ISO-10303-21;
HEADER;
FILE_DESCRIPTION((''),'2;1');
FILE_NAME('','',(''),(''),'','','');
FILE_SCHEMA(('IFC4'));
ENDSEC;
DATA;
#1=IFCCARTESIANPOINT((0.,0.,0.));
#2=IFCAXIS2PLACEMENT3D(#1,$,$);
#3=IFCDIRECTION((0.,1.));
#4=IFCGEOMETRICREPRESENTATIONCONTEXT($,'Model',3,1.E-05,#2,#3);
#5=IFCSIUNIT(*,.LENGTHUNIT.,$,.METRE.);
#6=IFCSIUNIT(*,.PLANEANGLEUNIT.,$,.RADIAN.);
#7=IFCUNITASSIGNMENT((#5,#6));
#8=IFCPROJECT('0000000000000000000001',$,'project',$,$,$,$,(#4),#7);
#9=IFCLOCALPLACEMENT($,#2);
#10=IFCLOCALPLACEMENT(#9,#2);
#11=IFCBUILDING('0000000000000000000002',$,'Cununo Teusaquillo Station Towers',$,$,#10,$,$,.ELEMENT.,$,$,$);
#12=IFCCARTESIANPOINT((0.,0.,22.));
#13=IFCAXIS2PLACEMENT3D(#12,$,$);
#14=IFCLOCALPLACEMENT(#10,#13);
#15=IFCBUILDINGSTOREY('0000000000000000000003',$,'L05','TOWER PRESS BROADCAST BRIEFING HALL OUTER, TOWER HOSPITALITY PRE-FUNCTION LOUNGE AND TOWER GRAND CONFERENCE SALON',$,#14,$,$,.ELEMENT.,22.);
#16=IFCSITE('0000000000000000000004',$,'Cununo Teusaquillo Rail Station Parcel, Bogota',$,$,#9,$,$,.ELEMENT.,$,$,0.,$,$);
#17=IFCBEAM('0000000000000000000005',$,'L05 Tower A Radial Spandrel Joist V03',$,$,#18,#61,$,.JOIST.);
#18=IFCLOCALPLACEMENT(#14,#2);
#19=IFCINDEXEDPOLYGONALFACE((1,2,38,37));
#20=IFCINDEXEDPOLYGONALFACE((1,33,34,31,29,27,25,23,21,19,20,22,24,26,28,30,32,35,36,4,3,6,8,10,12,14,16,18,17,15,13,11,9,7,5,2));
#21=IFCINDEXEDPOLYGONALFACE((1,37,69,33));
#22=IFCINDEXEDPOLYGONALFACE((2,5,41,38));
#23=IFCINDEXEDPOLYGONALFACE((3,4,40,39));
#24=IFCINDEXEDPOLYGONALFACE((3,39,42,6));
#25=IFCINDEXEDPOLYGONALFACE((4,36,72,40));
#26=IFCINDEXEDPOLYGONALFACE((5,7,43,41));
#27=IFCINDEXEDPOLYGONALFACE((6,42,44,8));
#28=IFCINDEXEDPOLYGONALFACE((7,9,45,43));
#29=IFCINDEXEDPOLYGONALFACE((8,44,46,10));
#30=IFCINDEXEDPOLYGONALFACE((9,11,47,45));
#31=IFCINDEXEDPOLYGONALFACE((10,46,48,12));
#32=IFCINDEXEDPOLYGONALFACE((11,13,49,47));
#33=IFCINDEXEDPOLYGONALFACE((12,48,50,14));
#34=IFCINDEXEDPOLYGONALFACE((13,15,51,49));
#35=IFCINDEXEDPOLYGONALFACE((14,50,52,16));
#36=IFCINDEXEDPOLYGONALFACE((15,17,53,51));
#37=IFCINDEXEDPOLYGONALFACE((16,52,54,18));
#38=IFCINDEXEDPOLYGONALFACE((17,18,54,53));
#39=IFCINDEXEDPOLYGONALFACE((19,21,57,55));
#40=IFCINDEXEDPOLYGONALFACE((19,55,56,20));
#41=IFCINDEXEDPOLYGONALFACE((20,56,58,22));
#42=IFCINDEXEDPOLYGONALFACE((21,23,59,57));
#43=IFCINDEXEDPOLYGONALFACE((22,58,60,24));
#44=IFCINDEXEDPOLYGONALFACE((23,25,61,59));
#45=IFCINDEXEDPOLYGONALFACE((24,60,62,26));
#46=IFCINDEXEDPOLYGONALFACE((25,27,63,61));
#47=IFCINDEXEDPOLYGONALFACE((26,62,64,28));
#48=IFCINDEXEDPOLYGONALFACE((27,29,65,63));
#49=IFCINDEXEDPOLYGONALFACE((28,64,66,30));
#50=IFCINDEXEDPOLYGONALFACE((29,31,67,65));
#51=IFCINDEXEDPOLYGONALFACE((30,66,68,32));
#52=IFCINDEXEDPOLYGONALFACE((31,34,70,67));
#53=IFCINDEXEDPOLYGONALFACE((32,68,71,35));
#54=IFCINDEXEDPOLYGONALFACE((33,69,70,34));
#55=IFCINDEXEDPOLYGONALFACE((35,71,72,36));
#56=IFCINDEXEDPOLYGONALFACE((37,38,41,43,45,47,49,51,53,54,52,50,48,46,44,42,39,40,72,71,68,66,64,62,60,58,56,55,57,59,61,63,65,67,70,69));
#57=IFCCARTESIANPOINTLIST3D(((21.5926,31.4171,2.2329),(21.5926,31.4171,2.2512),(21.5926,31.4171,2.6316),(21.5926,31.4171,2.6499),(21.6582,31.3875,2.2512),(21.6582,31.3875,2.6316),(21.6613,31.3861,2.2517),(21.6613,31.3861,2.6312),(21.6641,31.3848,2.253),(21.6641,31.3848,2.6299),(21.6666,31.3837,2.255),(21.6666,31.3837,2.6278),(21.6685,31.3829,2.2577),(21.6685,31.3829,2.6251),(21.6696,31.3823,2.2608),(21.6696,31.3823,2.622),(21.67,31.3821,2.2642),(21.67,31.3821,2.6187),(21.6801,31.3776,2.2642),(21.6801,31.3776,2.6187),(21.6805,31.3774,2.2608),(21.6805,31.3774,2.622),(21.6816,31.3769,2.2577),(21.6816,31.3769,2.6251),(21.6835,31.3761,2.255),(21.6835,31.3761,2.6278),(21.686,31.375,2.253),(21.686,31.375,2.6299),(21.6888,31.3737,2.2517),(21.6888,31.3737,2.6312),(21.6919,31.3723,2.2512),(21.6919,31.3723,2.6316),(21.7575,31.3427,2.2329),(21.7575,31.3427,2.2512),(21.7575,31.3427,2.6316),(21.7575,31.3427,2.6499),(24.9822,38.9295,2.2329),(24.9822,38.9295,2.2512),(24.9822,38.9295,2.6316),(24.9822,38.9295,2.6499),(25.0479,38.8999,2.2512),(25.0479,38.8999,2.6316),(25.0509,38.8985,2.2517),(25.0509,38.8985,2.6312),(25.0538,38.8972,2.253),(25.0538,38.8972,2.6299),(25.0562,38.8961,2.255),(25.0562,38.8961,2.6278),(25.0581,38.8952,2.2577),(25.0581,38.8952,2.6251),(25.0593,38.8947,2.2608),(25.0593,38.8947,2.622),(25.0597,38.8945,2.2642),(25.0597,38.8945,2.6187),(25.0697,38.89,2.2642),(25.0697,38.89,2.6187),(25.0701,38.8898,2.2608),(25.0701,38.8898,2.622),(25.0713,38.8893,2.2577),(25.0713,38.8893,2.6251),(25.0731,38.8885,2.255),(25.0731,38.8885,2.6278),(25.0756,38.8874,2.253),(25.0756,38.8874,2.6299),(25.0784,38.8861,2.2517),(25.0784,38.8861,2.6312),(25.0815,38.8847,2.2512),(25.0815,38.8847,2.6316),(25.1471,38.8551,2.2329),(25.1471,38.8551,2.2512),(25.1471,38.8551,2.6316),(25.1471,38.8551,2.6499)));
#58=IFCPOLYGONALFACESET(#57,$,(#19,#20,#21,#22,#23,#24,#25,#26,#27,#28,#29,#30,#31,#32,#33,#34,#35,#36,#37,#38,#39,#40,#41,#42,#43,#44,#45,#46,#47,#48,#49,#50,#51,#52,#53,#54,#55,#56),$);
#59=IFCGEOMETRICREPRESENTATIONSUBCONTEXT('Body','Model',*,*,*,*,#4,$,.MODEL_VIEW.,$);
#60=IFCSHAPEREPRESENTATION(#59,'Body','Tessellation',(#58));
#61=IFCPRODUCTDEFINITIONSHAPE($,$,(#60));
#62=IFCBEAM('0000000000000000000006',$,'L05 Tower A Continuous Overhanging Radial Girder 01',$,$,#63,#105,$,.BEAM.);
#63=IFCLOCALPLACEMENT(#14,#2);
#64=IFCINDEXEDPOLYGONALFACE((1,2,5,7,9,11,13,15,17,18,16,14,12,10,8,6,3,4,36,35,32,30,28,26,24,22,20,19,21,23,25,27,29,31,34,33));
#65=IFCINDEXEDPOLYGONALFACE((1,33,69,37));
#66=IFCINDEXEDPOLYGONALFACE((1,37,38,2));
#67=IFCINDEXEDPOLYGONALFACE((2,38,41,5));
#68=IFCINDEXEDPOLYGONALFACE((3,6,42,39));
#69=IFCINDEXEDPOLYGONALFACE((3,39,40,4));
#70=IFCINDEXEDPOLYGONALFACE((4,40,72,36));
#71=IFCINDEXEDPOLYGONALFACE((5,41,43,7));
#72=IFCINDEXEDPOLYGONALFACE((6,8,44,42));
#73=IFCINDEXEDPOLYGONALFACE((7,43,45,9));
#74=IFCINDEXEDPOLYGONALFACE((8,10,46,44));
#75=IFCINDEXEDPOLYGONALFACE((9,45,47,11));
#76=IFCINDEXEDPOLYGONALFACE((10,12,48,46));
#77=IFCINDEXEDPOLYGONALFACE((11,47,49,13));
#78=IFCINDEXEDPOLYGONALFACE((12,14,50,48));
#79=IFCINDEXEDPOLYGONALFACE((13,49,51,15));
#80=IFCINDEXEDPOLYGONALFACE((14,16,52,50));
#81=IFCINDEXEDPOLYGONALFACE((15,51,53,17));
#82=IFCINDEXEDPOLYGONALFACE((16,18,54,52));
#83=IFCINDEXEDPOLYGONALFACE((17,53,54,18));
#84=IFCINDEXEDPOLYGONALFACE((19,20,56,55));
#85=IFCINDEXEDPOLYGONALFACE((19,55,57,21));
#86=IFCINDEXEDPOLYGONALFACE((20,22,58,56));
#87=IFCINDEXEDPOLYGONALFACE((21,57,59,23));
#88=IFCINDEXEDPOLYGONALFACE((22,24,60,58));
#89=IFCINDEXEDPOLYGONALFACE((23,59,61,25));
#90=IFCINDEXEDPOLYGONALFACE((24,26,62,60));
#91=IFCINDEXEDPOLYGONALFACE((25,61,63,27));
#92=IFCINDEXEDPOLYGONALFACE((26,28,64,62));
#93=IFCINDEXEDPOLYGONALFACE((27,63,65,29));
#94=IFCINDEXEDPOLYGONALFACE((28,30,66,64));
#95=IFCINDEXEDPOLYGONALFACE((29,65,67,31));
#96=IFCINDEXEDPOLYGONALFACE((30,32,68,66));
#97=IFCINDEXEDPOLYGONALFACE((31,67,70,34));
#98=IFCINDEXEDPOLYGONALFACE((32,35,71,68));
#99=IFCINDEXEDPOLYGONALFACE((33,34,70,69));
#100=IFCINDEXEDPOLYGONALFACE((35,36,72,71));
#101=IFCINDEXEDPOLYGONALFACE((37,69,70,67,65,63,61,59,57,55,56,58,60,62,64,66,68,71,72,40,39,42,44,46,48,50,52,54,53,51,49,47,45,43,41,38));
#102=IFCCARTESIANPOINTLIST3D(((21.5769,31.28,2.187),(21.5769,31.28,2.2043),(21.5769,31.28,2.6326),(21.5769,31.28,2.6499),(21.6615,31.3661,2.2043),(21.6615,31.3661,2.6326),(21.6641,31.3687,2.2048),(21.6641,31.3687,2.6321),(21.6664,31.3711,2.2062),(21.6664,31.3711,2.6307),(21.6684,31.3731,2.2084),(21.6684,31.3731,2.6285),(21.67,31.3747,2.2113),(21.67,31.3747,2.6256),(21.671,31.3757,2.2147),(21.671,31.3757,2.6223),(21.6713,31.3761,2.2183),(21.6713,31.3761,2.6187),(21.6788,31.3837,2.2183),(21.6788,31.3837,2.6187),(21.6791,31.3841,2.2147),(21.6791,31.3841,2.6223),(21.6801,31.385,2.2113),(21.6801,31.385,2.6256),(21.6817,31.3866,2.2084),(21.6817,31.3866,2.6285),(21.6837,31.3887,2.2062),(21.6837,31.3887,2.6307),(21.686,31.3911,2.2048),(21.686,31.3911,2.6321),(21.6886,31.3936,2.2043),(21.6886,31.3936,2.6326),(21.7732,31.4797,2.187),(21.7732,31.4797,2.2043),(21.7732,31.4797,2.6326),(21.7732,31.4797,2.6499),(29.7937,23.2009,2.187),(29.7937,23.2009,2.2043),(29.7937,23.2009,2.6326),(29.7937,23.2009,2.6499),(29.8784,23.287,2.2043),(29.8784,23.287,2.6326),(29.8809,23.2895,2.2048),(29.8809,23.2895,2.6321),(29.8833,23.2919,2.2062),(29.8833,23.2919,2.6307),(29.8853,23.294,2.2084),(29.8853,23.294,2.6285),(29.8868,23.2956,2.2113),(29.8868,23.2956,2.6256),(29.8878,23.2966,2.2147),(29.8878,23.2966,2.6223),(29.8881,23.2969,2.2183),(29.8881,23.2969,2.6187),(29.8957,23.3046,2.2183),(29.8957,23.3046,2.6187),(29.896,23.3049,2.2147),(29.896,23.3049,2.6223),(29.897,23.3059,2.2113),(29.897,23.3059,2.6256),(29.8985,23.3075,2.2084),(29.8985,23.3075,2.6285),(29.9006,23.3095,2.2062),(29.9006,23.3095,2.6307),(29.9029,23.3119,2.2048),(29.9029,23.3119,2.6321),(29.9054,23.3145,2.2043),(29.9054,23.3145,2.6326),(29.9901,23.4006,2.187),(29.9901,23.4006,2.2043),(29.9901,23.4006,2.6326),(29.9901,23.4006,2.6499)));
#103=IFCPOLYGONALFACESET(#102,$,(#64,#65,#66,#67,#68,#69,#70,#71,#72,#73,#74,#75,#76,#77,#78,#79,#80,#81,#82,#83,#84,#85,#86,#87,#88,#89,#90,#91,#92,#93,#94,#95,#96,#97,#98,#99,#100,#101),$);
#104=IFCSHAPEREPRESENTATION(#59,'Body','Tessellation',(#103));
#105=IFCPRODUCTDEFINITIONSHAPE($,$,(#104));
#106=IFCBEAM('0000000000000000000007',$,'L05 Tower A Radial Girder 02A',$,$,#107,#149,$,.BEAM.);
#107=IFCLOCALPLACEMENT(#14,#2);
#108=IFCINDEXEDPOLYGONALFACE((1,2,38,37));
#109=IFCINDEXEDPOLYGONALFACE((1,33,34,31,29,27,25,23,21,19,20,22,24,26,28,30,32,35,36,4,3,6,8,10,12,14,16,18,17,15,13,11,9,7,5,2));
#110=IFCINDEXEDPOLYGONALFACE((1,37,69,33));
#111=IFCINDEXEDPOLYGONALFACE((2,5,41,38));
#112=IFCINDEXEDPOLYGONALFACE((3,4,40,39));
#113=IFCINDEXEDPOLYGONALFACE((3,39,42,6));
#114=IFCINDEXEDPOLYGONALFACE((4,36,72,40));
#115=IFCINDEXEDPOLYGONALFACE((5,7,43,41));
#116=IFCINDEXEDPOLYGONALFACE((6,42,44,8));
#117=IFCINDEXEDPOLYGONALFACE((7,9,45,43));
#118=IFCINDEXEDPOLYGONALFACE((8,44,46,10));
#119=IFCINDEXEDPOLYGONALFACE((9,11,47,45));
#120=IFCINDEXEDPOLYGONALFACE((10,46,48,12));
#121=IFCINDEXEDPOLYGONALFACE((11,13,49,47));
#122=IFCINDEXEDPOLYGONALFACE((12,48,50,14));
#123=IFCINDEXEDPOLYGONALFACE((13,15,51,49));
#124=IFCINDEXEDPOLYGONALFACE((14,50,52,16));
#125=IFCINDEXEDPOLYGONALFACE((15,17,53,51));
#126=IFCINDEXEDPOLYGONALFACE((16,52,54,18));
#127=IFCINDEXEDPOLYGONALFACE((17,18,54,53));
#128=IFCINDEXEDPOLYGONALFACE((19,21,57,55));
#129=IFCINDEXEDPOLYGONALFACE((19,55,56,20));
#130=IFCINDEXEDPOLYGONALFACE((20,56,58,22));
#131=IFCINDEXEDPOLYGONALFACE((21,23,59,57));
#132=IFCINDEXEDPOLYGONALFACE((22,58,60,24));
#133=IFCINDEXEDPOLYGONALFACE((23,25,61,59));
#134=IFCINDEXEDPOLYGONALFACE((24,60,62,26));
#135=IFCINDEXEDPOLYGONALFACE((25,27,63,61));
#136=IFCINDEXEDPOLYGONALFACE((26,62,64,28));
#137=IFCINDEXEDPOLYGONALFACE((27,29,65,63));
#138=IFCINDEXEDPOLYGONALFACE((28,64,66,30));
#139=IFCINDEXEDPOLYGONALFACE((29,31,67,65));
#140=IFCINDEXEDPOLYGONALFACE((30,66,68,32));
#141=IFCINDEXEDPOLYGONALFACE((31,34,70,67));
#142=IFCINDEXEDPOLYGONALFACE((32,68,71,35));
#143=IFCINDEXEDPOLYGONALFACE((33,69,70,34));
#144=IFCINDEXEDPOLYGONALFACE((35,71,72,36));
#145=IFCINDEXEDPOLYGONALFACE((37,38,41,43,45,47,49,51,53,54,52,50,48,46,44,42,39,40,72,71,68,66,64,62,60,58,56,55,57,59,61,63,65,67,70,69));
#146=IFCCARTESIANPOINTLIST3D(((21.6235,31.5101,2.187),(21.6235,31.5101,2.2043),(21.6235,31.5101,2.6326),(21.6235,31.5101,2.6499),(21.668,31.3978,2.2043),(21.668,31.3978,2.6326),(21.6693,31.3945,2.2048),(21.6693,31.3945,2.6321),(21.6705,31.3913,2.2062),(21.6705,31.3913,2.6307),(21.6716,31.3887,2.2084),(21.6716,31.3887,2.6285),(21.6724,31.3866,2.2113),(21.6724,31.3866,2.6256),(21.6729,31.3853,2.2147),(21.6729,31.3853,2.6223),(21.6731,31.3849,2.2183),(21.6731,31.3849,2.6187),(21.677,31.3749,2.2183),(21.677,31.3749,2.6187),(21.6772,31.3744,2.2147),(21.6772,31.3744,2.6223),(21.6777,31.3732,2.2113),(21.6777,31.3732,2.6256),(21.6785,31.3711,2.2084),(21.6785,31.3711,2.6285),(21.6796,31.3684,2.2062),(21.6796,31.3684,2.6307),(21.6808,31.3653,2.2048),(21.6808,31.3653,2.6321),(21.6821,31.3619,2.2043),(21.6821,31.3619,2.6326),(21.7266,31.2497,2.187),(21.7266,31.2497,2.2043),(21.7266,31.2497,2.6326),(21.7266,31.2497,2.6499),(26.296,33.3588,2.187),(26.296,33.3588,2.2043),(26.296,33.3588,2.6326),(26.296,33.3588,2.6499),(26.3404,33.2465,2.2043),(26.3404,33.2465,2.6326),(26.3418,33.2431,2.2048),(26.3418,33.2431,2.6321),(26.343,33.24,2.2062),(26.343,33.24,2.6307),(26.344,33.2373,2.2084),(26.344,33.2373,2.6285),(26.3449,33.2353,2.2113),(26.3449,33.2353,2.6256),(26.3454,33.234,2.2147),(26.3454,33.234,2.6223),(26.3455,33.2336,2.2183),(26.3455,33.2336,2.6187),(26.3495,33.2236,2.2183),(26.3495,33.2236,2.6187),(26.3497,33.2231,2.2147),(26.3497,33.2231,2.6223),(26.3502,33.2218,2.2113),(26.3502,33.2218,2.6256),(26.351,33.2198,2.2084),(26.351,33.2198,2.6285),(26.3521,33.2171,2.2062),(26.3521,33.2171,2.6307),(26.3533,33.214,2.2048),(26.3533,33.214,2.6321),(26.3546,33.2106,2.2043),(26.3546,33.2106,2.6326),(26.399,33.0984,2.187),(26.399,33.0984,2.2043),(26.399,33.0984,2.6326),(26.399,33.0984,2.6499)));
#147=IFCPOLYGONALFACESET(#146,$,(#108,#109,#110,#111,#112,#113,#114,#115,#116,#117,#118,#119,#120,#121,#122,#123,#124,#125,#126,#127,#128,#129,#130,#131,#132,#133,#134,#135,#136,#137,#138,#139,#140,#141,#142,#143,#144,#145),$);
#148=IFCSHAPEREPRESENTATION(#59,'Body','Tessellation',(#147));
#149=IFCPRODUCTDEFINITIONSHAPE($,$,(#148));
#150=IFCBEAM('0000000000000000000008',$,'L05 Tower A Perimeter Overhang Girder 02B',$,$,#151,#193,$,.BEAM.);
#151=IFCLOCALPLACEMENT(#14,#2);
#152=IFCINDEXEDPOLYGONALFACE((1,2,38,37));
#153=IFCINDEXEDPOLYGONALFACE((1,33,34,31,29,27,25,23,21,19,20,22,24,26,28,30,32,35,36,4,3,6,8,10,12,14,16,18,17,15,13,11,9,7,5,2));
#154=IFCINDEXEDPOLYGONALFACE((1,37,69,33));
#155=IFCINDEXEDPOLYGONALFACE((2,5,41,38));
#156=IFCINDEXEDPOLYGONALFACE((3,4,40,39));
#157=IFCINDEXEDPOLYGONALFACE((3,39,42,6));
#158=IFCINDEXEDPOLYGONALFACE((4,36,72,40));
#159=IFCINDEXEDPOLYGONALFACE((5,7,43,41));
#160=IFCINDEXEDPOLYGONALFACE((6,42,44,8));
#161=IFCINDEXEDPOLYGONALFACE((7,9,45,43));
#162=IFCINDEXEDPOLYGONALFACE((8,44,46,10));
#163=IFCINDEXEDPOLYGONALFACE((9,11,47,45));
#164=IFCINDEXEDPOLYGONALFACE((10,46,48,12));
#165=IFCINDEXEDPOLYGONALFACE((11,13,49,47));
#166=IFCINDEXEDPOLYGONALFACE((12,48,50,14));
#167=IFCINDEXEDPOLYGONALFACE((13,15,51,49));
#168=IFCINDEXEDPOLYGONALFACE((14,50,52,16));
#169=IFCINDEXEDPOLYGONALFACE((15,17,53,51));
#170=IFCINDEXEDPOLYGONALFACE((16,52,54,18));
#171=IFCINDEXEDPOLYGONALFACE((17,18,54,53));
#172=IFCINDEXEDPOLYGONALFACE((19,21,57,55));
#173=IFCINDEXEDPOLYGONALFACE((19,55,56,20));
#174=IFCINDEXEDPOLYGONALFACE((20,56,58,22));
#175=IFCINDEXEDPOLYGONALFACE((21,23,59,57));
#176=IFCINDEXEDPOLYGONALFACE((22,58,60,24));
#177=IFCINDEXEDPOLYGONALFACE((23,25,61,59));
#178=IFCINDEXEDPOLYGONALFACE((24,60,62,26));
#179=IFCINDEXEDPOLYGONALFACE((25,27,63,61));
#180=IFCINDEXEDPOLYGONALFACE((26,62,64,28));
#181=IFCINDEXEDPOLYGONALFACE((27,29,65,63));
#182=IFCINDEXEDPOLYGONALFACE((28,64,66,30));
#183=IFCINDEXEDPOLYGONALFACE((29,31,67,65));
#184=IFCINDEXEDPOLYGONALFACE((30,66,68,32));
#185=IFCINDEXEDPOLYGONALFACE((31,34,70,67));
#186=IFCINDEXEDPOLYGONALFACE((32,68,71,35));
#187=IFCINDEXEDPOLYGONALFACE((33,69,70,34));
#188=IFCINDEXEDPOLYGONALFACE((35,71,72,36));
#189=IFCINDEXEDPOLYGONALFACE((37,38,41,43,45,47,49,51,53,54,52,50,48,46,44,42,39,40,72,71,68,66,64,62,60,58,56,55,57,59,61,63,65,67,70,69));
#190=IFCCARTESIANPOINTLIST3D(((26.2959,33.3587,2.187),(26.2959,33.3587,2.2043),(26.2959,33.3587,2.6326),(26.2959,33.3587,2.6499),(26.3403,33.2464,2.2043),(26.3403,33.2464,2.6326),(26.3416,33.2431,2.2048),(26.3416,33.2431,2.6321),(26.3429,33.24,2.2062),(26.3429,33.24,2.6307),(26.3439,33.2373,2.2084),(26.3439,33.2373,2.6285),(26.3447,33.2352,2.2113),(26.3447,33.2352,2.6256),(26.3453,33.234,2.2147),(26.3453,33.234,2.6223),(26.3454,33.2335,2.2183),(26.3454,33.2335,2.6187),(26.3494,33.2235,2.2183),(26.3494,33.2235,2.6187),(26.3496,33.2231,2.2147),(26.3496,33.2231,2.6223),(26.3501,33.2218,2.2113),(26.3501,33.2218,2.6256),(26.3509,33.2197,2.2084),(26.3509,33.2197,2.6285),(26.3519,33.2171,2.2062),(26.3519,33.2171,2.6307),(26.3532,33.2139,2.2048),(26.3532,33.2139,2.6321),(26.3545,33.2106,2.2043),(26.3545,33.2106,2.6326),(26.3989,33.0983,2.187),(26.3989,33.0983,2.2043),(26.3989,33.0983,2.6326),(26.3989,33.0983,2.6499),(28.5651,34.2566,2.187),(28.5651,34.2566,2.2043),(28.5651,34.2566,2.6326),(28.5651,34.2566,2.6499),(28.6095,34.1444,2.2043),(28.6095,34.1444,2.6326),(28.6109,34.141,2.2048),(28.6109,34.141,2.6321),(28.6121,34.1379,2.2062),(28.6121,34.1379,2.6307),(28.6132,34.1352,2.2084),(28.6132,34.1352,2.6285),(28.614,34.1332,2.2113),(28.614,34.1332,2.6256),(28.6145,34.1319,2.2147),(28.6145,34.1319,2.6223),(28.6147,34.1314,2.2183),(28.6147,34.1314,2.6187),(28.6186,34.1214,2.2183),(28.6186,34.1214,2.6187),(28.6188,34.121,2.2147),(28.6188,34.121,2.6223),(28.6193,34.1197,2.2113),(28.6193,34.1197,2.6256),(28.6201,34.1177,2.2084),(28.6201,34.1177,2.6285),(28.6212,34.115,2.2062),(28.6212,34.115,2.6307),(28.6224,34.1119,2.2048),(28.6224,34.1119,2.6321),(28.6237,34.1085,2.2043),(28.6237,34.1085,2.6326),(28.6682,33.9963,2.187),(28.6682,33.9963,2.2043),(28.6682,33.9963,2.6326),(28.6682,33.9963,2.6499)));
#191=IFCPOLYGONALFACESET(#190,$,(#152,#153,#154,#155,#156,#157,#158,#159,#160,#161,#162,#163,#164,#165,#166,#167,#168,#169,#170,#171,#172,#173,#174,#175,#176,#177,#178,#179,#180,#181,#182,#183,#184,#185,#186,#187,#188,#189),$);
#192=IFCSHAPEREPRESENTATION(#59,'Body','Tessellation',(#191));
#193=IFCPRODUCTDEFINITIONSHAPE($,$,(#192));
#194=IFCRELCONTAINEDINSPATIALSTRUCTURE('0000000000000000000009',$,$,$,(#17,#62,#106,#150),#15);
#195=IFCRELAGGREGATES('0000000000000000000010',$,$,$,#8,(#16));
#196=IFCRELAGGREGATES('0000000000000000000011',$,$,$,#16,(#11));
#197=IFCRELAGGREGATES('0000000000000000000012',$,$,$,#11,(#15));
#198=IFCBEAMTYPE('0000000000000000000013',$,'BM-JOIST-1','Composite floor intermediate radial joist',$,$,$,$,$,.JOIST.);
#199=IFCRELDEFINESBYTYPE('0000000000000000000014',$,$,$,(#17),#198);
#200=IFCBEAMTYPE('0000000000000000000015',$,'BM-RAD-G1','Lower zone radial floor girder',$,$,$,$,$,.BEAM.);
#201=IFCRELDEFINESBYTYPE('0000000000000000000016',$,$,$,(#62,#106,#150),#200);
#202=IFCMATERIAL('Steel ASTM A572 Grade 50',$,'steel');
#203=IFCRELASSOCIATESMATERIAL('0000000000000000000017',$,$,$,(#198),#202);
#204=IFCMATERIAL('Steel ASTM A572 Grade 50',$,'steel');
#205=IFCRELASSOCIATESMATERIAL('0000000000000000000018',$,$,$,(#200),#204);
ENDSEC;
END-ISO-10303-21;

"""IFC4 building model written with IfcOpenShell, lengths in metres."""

from ifc_helpers import new_model, si_unit, direction, frame, origin, origin_2d, place, context, subcontext, project, spatial, i_section, extrude, material, material_profile, profile_set, type_object, element, save


model = new_model("IFC4")

# Units and contexts
model_context = context("Model", 3, precision=1e-05, world=origin(), true_north=direction((0.0, 1.0)))
body_context = subcontext(model_context, "Body", "Model", "MODEL_VIEW")
ifc_project = project(units=[si_unit("LENGTHUNIT", "METRE"), si_unit("PLANEANGLEUNIT", "RADIAN")], contexts=[model_context])

# Site, building, storey
site_placement = place(None, origin())
site = spatial("IfcSite", under=ifc_project, at=site_placement, Name="Cununo Teusaquillo Rail Station Parcel, Bogota", CompositionType="ELEMENT", RefElevation=0.0)
building_placement = place(site_placement, origin())
building = spatial("IfcBuilding", under=site, at=building_placement, Name="Cununo Teusaquillo Station Towers", CompositionType="ELEMENT")
storey_placement = place(building_placement, frame((0.0, 0.0, 22.0)))
storey = spatial("IfcBuildingStorey", under=building, at=storey_placement, Name="L05", Description="TOWER PRESS BROADCAST BRIEFING HALL OUTER, TOWER HOSPITALITY PRE-FUNCTION LOUNGE AND TOWER GRAND CONFERENCE SALON", CompositionType="ELEMENT", Elevation=22.0)

# Beams
ifc_material_1 = material(Name="Steel ASTM A572 Grade 50", Category="steel")
ifc_material_profile_1 = material_profile(ifc_material_1, i_section(OverallWidth=0.1809, OverallDepth=0.417, WebThickness=0.011, FlangeThickness=0.0183, FilletRadius=0.0129, at=origin_2d()), Name="W16X57")
ifc_profile_set_1 = profile_set([ifc_material_profile_1], Name="Steel ASTM A572 Grade 50")
beam_type_1 = type_object("IfcBeamType", Name="BM-JOIST-1", Description="Composite floor intermediate radial joist", PredefinedType="JOIST", material=ifc_profile_set_1)
beam_1_placement = place(storey_placement, frame((21.675, 31.3799, 2.4414), z_axis=(0.411277, 0.91151, 0.0), x_axis=(-0.91151, 0.411277, 0.0)))
element("IfcBeam", 1, at=beam_1_placement, inside=storey, type_object=beam_type_1, Name="L05 Tower A Radial Spandrel Joist V03", PredefinedType="JOIST", context=body_context, shape_type="SweptSolid", body=[
    extrude(i_section(OverallWidth=0.1809, OverallDepth=0.417, WebThickness=0.011, FlangeThickness=0.0183, FilletRadius=0.0129, at=origin_2d()), origin(), (0.0, 0.0, 1.0), 8.2417),
])
ifc_material_2 = material(Name="Steel ASTM A572 Grade 50", Category="steel")
ifc_material_profile_2 = material_profile(ifc_material_2, i_section(OverallWidth=0.28, OverallDepth=0.4629, WebThickness=0.0107, FlangeThickness=0.0173, FilletRadius=0.0139, at=origin_2d()), Name="W18X76")
ifc_profile_set_2 = profile_set([ifc_material_profile_2], Name="Steel ASTM A572 Grade 50")
beam_type_2 = type_object("IfcBeamType", Name="BM-RAD-G1", Description="Lower zone radial floor girder", PredefinedType="BEAM", material=ifc_profile_set_2)
beam_2_placement = place(storey_placement, frame((21.675, 31.3799, 2.4185), z_axis=(0.713056, -0.701107, 0.0), x_axis=(0.701107, 0.713056, 0.0)))
element("IfcBeam", 2, at=beam_2_placement, inside=storey, type_object=beam_type_2, Name="L05 Tower A Continuous Overhanging Radial Girder 01", PredefinedType="BEAM", context=body_context, shape_type="SweptSolid", body=[
    extrude(i_section(OverallWidth=0.28, OverallDepth=0.4629, WebThickness=0.0107, FlangeThickness=0.0173, FilletRadius=0.0139, at=origin_2d()), origin(), (0.0, 0.0, 1.0), 11.5234),
])
beam_3_placement = place(storey_placement, frame((21.675, 31.3799, 2.4185), z_axis=(0.929864, 0.367903, 0.0), x_axis=(-0.367903, 0.929864, 0.0)))
element("IfcBeam", 3, at=beam_3_placement, inside=storey, type_object=beam_type_2, Name="L05 Tower A Radial Girder 02A", PredefinedType="BEAM", context=body_context, shape_type="SweptSolid", body=[
    extrude(i_section(OverallWidth=0.28, OverallDepth=0.4629, WebThickness=0.0107, FlangeThickness=0.0173, FilletRadius=0.0139, at=origin_2d()), origin(), (0.0, 0.0, 1.0), 5.0249),
])
beam_4_placement = place(storey_placement, frame((26.3474, 33.2285, 2.4185), z_axis=(0.92985, 0.367939, 0.0), x_axis=(-0.367939, 0.92985, 0.0)))
element("IfcBeam", 4, at=beam_4_placement, inside=storey, type_object=beam_type_2, Name="L05 Tower A Perimeter Overhang Girder 02B", PredefinedType="BEAM", context=body_context, shape_type="SweptSolid", body=[
    extrude(i_section(OverallWidth=0.28, OverallDepth=0.4629, WebThickness=0.0107, FlangeThickness=0.0173, FilletRadius=0.0139, at=origin_2d()), origin(), (0.0, 0.0, 1.0), 2.4404),
])

save(model, "model.ifc")
